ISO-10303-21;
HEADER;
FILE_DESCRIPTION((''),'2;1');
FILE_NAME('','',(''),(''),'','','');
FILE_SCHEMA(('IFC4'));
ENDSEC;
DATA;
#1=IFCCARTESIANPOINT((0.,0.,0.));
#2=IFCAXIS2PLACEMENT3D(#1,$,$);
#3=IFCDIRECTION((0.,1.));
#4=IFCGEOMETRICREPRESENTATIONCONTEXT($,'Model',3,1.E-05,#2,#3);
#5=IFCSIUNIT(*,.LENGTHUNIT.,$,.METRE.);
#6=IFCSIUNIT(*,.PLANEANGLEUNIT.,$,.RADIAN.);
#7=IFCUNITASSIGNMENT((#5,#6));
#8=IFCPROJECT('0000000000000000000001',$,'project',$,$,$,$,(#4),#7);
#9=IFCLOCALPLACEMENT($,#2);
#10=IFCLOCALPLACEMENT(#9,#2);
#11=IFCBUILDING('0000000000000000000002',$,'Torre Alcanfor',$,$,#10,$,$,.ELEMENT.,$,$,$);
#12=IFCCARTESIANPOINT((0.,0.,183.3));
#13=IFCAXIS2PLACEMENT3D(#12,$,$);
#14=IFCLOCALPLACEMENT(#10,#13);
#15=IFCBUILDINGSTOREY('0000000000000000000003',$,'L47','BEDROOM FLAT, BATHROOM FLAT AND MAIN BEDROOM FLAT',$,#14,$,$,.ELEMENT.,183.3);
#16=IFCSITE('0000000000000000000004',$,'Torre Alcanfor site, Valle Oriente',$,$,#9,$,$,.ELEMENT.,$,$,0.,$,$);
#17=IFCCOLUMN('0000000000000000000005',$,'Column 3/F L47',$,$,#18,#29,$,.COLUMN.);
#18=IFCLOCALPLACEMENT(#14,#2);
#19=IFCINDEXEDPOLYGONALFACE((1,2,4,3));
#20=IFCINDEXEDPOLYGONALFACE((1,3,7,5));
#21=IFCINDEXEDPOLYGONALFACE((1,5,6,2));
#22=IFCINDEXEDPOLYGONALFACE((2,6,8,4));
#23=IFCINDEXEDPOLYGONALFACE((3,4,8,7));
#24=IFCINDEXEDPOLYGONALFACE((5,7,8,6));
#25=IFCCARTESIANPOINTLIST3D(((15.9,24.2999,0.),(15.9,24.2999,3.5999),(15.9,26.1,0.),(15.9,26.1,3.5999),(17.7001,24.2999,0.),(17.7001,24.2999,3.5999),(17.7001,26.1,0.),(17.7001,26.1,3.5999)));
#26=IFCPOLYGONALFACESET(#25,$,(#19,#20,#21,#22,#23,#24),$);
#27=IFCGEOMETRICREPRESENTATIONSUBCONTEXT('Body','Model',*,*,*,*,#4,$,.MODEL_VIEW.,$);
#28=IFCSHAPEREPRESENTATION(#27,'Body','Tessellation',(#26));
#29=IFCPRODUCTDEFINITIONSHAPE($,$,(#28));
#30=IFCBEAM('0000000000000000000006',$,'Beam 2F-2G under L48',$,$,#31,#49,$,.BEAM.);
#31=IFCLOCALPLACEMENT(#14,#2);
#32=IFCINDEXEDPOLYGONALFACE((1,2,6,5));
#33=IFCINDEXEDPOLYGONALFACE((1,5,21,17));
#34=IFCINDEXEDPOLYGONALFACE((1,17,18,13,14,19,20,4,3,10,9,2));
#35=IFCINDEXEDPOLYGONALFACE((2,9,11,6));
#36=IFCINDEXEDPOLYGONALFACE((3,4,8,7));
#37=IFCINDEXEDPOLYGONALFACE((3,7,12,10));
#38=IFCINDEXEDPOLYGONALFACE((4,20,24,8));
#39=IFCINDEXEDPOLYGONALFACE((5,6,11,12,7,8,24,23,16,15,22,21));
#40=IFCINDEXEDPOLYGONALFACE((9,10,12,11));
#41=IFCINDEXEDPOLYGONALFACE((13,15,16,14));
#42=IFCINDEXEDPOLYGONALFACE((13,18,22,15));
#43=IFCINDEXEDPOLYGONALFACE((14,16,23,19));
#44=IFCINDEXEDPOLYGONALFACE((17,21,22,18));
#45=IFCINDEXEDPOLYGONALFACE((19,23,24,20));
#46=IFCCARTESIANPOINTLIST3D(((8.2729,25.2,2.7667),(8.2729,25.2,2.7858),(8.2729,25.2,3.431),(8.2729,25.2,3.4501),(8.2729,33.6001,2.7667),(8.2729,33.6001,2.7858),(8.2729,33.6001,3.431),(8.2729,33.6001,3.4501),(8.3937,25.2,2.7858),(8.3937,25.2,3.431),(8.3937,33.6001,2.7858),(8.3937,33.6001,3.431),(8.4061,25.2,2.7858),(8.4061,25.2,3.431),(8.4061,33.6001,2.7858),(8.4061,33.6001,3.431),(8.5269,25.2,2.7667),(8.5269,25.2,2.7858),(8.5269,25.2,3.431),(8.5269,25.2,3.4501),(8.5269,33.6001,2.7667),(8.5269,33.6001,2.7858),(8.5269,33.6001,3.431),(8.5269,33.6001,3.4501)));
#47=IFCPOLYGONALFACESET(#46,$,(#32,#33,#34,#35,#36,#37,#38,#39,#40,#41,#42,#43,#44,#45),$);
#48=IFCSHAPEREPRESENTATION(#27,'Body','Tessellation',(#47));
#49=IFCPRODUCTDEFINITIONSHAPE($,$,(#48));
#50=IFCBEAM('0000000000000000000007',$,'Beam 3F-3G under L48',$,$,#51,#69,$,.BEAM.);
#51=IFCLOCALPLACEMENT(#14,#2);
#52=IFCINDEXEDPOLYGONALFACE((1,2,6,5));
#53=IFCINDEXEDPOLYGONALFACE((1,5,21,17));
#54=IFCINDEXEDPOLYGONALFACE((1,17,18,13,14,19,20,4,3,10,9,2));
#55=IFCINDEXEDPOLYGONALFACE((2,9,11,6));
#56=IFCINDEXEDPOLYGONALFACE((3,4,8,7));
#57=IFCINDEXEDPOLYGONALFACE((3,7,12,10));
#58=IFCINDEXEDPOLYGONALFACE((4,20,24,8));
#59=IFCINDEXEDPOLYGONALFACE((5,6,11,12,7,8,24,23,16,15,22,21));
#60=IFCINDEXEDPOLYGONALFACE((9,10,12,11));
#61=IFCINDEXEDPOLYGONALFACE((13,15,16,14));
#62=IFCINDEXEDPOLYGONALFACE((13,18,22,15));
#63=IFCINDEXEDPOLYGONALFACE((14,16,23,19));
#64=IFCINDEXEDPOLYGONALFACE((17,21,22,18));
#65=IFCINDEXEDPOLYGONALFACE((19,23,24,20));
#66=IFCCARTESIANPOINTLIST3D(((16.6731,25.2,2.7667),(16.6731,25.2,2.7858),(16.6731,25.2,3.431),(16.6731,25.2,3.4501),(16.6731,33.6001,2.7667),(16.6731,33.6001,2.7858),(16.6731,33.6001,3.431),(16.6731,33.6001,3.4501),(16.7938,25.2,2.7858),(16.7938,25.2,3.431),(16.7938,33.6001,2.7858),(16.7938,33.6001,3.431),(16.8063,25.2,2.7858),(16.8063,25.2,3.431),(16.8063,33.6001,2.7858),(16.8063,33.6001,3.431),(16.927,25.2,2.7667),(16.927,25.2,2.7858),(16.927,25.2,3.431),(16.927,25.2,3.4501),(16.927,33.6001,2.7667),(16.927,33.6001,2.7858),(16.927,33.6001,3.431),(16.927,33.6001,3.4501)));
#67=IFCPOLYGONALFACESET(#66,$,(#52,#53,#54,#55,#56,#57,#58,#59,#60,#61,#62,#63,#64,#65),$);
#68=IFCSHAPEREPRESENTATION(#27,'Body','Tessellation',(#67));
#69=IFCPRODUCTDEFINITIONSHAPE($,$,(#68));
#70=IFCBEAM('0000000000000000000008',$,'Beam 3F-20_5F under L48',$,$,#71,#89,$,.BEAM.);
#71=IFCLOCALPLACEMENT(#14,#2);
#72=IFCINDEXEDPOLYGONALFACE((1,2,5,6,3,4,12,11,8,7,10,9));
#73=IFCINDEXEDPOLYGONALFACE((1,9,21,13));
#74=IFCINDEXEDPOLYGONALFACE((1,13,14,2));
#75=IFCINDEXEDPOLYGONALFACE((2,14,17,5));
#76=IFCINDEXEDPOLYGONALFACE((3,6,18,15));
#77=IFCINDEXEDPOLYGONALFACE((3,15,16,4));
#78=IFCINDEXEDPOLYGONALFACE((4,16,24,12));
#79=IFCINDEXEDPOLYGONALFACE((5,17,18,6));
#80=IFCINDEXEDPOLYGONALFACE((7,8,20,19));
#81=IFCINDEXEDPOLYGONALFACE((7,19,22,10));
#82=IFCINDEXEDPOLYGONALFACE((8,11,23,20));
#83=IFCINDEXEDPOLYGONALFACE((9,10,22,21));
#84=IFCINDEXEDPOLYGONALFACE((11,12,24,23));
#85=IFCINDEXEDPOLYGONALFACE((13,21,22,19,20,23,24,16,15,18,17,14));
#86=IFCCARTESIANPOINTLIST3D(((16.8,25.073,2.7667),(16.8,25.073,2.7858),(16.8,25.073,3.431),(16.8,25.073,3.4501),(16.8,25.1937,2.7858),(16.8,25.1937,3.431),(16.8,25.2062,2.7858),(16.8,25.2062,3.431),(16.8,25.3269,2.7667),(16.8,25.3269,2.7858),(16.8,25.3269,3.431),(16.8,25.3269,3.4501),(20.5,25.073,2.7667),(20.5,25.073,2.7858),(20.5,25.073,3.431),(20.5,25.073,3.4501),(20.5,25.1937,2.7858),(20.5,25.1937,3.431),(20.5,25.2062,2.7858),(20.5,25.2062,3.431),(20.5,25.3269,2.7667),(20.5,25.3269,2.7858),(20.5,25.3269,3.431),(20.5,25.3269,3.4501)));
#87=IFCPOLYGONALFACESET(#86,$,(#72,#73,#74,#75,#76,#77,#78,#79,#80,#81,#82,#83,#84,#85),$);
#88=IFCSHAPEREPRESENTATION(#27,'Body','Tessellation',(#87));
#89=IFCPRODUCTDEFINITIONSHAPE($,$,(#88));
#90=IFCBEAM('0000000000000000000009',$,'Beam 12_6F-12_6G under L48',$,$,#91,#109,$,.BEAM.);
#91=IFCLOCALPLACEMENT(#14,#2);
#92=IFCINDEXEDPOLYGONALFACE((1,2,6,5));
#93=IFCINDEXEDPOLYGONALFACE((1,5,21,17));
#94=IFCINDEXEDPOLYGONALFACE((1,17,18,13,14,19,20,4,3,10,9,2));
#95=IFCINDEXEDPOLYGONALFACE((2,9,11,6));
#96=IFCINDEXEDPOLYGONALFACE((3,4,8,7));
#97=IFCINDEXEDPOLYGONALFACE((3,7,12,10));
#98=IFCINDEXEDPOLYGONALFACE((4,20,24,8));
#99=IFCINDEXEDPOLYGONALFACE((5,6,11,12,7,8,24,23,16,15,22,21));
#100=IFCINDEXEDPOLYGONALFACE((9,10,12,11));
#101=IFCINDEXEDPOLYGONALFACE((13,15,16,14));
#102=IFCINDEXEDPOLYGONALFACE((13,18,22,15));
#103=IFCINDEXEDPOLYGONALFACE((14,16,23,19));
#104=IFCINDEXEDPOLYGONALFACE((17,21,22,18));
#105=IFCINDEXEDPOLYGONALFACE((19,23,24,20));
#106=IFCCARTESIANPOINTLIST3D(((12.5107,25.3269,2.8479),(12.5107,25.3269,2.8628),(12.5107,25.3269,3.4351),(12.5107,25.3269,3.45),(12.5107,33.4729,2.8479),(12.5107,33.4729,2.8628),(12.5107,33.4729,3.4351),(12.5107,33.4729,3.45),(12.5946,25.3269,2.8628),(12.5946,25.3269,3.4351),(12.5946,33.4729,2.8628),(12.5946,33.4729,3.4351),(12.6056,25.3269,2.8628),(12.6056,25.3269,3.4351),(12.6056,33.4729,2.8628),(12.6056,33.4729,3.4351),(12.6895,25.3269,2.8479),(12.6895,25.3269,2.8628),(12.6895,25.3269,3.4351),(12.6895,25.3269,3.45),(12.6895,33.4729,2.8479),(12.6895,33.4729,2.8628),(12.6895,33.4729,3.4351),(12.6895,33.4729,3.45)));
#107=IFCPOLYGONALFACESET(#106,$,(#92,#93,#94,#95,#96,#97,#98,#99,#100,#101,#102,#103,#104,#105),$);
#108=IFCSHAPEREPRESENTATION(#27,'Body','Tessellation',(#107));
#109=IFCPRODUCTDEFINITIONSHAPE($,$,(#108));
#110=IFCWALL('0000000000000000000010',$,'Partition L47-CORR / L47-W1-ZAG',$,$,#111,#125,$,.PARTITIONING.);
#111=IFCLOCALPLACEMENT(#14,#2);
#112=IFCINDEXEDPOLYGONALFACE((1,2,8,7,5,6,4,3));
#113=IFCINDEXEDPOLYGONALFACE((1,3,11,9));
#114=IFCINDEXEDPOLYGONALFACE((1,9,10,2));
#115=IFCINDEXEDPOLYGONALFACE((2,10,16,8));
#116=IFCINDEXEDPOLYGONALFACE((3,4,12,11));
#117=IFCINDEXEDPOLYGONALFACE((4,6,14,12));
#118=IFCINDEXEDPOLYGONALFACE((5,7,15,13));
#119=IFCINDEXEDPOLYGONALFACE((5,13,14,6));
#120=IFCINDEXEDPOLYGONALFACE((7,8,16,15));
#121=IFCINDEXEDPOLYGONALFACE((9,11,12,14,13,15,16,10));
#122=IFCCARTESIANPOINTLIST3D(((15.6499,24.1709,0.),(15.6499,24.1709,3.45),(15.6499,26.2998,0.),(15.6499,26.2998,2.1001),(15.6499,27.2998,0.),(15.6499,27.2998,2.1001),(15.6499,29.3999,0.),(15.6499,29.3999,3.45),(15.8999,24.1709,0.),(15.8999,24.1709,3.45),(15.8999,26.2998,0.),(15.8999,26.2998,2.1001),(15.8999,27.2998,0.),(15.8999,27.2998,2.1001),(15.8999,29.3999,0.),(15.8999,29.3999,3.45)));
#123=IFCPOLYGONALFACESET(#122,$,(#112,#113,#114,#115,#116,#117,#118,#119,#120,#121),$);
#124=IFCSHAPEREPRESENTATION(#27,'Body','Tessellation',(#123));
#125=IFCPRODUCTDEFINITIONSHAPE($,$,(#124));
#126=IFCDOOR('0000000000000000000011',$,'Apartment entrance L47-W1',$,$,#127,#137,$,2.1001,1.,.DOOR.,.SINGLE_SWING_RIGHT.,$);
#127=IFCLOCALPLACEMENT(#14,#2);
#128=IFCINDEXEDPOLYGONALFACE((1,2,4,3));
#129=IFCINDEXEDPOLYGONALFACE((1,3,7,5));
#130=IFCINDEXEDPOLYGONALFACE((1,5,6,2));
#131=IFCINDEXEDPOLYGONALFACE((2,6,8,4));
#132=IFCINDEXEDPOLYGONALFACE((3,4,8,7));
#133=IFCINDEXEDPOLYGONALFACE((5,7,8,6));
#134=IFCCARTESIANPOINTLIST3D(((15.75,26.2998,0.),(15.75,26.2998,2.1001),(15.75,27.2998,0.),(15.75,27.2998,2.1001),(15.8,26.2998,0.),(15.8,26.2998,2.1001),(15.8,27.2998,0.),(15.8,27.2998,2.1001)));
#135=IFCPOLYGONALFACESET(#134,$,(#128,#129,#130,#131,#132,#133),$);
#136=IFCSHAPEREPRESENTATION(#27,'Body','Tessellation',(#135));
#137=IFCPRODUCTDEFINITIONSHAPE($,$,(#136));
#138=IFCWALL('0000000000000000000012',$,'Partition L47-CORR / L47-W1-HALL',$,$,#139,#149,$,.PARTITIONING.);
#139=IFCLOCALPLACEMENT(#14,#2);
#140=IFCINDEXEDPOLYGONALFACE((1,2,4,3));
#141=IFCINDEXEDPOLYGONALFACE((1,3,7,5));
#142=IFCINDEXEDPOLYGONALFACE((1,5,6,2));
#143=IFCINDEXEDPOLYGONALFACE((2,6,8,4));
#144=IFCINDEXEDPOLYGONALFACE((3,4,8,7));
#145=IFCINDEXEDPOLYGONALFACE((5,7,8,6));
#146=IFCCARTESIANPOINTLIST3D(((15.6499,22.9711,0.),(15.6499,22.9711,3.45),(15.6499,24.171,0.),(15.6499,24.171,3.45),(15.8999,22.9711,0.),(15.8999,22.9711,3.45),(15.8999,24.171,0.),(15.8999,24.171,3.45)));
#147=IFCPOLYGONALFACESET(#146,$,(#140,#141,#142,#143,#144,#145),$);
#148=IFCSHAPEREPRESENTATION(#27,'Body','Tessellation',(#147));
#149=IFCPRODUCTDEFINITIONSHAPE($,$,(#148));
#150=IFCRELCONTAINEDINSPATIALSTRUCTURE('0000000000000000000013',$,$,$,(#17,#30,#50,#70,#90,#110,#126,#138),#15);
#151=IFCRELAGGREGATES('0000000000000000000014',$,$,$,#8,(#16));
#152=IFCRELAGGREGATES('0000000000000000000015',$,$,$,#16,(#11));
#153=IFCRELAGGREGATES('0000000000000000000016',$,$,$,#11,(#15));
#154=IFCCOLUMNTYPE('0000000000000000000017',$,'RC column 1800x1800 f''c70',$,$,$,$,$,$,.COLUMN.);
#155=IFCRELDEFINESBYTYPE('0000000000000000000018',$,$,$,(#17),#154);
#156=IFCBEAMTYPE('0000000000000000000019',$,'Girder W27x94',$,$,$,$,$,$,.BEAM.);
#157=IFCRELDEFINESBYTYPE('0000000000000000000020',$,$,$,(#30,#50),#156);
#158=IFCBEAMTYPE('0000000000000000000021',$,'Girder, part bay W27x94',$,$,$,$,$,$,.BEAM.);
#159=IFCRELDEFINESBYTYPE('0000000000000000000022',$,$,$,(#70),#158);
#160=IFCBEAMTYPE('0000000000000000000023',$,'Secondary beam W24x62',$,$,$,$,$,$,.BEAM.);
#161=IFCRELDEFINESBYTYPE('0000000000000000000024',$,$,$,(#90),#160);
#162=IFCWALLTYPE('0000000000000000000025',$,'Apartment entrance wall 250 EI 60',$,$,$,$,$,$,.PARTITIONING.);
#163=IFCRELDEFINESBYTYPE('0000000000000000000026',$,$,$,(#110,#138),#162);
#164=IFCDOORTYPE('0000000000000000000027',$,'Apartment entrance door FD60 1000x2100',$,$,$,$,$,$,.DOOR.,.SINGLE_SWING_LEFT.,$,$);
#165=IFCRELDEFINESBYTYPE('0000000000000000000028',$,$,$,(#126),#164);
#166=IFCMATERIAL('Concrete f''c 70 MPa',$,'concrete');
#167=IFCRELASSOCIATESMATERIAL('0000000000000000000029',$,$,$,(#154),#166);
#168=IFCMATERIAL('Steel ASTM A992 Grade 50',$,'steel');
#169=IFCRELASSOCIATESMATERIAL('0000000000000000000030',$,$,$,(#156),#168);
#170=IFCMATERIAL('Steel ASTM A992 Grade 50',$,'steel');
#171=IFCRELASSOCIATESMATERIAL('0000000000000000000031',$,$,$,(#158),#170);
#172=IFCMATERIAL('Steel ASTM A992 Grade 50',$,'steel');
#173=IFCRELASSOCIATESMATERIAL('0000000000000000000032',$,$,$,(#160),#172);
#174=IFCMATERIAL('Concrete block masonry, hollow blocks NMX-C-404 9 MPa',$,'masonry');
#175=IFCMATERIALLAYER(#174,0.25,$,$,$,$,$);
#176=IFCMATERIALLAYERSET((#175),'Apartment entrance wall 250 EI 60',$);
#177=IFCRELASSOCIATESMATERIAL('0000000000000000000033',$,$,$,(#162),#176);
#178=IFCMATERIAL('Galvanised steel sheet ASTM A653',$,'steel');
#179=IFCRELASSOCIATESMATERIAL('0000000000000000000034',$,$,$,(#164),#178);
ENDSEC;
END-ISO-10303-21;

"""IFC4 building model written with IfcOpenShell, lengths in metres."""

from ifc_helpers import new_model, si_unit, direction, frame, frame_2d, origin, origin_2d, place, context, subcontext, project, spatial, rectangle, i_section, extrude, material, layer, layer_set, material_profile, profile_set, type_object, element, fill, save


model = new_model("IFC4")

# Units and contexts
model_context = context("Model", 3, precision=1e-05, world=origin(), true_north=direction((0.0, 1.0)))
body_context = subcontext(model_context, "Body", "Model", "MODEL_VIEW")
ifc_project = project(units=[si_unit("LENGTHUNIT", "METRE"), si_unit("PLANEANGLEUNIT", "RADIAN")], contexts=[model_context])

# Site, building, storey
site_placement = place(None, origin())
site = spatial("IfcSite", under=ifc_project, at=site_placement, Name="Torre Alcanfor site, Valle Oriente", CompositionType="ELEMENT", RefElevation=0.0)
building_placement = place(site_placement, origin())
building = spatial("IfcBuilding", under=site, at=building_placement, Name="Torre Alcanfor", CompositionType="ELEMENT")
storey_placement = place(building_placement, frame((0.0, 0.0, 183.3)))
storey = spatial("IfcBuildingStorey", under=building, at=storey_placement, Name="L47", Description="BEDROOM FLAT, BATHROOM FLAT AND MAIN BEDROOM FLAT", CompositionType="ELEMENT", Elevation=183.3)

# Column
ifc_material_1 = material(Name="Concrete f'c 70 MPa", Category="concrete")
ifc_material_profile_1 = material_profile(ifc_material_1, rectangle(XDim=1.8, YDim=1.8, at=origin_2d()), Name="1800x1800")
ifc_profile_set_1 = profile_set([ifc_material_profile_1], Name="Concrete f'c 70 MPa")
column_type = type_object("IfcColumnType", Name="RC column 1800x1800 f'c70", PredefinedType="COLUMN", material=ifc_profile_set_1)
column_placement = place(storey_placement, frame((16.8, 25.2, 0.0), z_axis=(0.0, 0.0, 1.0), x_axis=(1.0, 0.0, 0.0)))
element("IfcColumn", 1, at=column_placement, inside=storey, type_object=column_type, Name="Column 3/F L47", PredefinedType="COLUMN", context=body_context, shape_type="SweptSolid", body=[
    extrude(rectangle(XDim=1.8, YDim=1.8, at=origin_2d()), origin(), (0.0, 0.0, 1.0), 3.5999),
])

# Beams
ifc_material_2 = material(Name="Steel ASTM A992 Grade 50", Category="steel")
ifc_material_profile_2 = material_profile(ifc_material_2, i_section(OverallWidth=0.2539, OverallDepth=0.6833, WebThickness=0.0125, FlangeThickness=0.019, at=origin_2d()), Name="W27x94")
ifc_profile_set_2 = profile_set([ifc_material_profile_2], Name="Steel ASTM A992 Grade 50")
beam_type_1 = type_object("IfcBeamType", Name="Girder W27x94", PredefinedType="BEAM", material=ifc_profile_set_2)
for number, where, z_axis, x_axis, name in (
    (2, (8.3999, 25.2, 3.1084), (0.0, 1.0, 0.0), (-1.0, 0.0, 0.0), "Beam 2F-2G under L48"),
    (3, (16.8, 25.2, 3.1084), (0.0, 1.0, 0.0), (-1.0, 0.0, 0.0), "Beam 3F-3G under L48"),
):
    element("IfcBeam", number, at=place(storey_placement, frame(where, z_axis=z_axis, x_axis=x_axis)), inside=storey, type_object=beam_type_1, Name=name, PredefinedType="BEAM", context=body_context, shape_type="SweptSolid", body=[
        extrude(i_section(OverallWidth=0.2539, OverallDepth=0.6833, WebThickness=0.0125, FlangeThickness=0.019, at=origin_2d()), origin(), (0.0, 0.0, 1.0), 8.4001),
    ])
ifc_material_3 = material(Name="Steel ASTM A992 Grade 50", Category="steel")
ifc_material_profile_3 = material_profile(ifc_material_3, i_section(OverallWidth=0.2539, OverallDepth=0.6833, WebThickness=0.0125, FlangeThickness=0.019, at=origin_2d()), Name="W27x94")
ifc_profile_set_3 = profile_set([ifc_material_profile_3], Name="Steel ASTM A992 Grade 50")
beam_type_2 = type_object("IfcBeamType", Name="Girder, part bay W27x94", PredefinedType="BEAM", material=ifc_profile_set_3)
beam_1_placement = place(storey_placement, frame((16.8, 25.2, 3.1084), z_axis=(1.0, 0.0, 0.0), x_axis=(0.0, 1.0, 0.0)))
element("IfcBeam", 4, at=beam_1_placement, inside=storey, type_object=beam_type_2, Name="Beam 3F-20_5F under L48", PredefinedType="BEAM", context=body_context, shape_type="SweptSolid", body=[
    extrude(i_section(OverallWidth=0.2539, OverallDepth=0.6833, WebThickness=0.0125, FlangeThickness=0.019, at=origin_2d()), origin(), (0.0, 0.0, 1.0), 3.7),
])
ifc_material_4 = material(Name="Steel ASTM A992 Grade 50", Category="steel")
ifc_material_profile_4 = material_profile(ifc_material_4, i_section(OverallWidth=0.1787, OverallDepth=0.6021, WebThickness=0.011, FlangeThickness=0.0149, at=origin_2d()), Name="W24x62")
ifc_profile_set_4 = profile_set([ifc_material_profile_4], Name="Steel ASTM A992 Grade 50")
beam_type_3 = type_object("IfcBeamType", Name="Secondary beam W24x62", PredefinedType="BEAM", material=ifc_profile_set_4)
beam_2_placement = place(storey_placement, frame((12.6001, 25.3269, 3.1489), z_axis=(0.0, 1.0, 0.0), x_axis=(-1.0, 0.0, 0.0)))
element("IfcBeam", 5, at=beam_2_placement, inside=storey, type_object=beam_type_3, Name="Beam 12_6F-12_6G under L48", PredefinedType="BEAM", context=body_context, shape_type="SweptSolid", body=[
    extrude(i_section(OverallWidth=0.1787, OverallDepth=0.6021, WebThickness=0.011, FlangeThickness=0.0149, at=origin_2d()), origin(), (0.0, 0.0, 1.0), 8.146),
])

# Wall, opening, door
ifc_material_5 = material(Name="Concrete block masonry, hollow blocks NMX-C-404 9 MPa", Category="masonry")
ifc_layer_1 = layer(ifc_material_5, 0.25)
ifc_layer_set_1 = layer_set([ifc_layer_1], Name="Apartment entrance wall 250 EI 60")
wall_type_1 = type_object("IfcWallType", Name="Apartment entrance wall 250 EI 60", PredefinedType="PARTITIONING", material=ifc_layer_set_1)
wall_1_placement = place(storey_placement, frame((15.7749, 24.1709, 0.0), z_axis=(0.0, 0.0, 1.0), x_axis=(0.0, 1.0, 0.0)))
wall_1 = element("IfcWall", 6, at=wall_1_placement, inside=storey, type_object=wall_type_1, Name="Partition L47-CORR / L47-W1-ZAG", PredefinedType="PARTITIONING", context=body_context, shape_type="SweptSolid", body=[
    extrude(rectangle(XDim=5.229, YDim=0.25, at=frame_2d((2.6145, 0.0))), origin(), (0.0, 0.0, 1.0), 3.45),
])
opening_1_placement = place(wall_1_placement, frame((2.1289, 0.0, 0.0)))
opening_1 = element("IfcOpeningElement", 7, at=opening_1_placement, cuts=wall_1, PredefinedType="OPENING", context=body_context, shape_type="SweptSolid", body=[
    extrude(rectangle(XDim=1.0, YDim=2.1001, at=frame_2d((0.5, 1.05))), frame((0.0, 0.135, 0.0), z_axis=(0.0, -1.0, 0.0), x_axis=(1.0, 0.0, 0.0)), (0.0, 0.0, 1.0), 0.27),
])
ifc_material_6 = material(Name="Galvanised steel sheet ASTM A653", Category="steel")
door_type_1 = type_object("IfcDoorType", Name="Apartment entrance door FD60 1000x2100", OperationType="SINGLE_SWING_LEFT", PredefinedType="DOOR", material=ifc_material_6)
door_1_placement = place(opening_1_placement, origin())
door_1 = element("IfcDoor", 8, at=door_1_placement, inside=storey, type_object=door_type_1, Name="Apartment entrance L47-W1", OperationType="SINGLE_SWING_RIGHT", OverallHeight=2.1001, OverallWidth=1.0, PredefinedType="DOOR", context=body_context, shape_type="SweptSolid", body=[
    extrude(rectangle(XDim=1.0, YDim=2.1001, at=frame_2d((0.5, 1.05))), frame((0.0, 0.0249, 0.0), z_axis=(0.0, -1.0, 0.0), x_axis=(1.0, 0.0, 0.0)), (0.0, 0.0, 1.0), 0.05),
])
fill(opening_1, door_1)

# Wall
wall_2_placement = place(storey_placement, frame((15.7749, 22.9709, 0.0), z_axis=(0.0, 0.0, 1.0), x_axis=(0.0, 1.0, 0.0)))
element("IfcWall", 9, at=wall_2_placement, inside=storey, type_object=wall_type_1, Name="Partition L47-CORR / L47-W1-HALL", PredefinedType="PARTITIONING", context=body_context, shape_type="SweptSolid", body=[
    extrude(rectangle(XDim=1.2, YDim=0.25, at=frame_2d((0.6001, 0.0))), origin(), (0.0, 0.0, 1.0), 3.45),
])

save(model, "model.ifc")
